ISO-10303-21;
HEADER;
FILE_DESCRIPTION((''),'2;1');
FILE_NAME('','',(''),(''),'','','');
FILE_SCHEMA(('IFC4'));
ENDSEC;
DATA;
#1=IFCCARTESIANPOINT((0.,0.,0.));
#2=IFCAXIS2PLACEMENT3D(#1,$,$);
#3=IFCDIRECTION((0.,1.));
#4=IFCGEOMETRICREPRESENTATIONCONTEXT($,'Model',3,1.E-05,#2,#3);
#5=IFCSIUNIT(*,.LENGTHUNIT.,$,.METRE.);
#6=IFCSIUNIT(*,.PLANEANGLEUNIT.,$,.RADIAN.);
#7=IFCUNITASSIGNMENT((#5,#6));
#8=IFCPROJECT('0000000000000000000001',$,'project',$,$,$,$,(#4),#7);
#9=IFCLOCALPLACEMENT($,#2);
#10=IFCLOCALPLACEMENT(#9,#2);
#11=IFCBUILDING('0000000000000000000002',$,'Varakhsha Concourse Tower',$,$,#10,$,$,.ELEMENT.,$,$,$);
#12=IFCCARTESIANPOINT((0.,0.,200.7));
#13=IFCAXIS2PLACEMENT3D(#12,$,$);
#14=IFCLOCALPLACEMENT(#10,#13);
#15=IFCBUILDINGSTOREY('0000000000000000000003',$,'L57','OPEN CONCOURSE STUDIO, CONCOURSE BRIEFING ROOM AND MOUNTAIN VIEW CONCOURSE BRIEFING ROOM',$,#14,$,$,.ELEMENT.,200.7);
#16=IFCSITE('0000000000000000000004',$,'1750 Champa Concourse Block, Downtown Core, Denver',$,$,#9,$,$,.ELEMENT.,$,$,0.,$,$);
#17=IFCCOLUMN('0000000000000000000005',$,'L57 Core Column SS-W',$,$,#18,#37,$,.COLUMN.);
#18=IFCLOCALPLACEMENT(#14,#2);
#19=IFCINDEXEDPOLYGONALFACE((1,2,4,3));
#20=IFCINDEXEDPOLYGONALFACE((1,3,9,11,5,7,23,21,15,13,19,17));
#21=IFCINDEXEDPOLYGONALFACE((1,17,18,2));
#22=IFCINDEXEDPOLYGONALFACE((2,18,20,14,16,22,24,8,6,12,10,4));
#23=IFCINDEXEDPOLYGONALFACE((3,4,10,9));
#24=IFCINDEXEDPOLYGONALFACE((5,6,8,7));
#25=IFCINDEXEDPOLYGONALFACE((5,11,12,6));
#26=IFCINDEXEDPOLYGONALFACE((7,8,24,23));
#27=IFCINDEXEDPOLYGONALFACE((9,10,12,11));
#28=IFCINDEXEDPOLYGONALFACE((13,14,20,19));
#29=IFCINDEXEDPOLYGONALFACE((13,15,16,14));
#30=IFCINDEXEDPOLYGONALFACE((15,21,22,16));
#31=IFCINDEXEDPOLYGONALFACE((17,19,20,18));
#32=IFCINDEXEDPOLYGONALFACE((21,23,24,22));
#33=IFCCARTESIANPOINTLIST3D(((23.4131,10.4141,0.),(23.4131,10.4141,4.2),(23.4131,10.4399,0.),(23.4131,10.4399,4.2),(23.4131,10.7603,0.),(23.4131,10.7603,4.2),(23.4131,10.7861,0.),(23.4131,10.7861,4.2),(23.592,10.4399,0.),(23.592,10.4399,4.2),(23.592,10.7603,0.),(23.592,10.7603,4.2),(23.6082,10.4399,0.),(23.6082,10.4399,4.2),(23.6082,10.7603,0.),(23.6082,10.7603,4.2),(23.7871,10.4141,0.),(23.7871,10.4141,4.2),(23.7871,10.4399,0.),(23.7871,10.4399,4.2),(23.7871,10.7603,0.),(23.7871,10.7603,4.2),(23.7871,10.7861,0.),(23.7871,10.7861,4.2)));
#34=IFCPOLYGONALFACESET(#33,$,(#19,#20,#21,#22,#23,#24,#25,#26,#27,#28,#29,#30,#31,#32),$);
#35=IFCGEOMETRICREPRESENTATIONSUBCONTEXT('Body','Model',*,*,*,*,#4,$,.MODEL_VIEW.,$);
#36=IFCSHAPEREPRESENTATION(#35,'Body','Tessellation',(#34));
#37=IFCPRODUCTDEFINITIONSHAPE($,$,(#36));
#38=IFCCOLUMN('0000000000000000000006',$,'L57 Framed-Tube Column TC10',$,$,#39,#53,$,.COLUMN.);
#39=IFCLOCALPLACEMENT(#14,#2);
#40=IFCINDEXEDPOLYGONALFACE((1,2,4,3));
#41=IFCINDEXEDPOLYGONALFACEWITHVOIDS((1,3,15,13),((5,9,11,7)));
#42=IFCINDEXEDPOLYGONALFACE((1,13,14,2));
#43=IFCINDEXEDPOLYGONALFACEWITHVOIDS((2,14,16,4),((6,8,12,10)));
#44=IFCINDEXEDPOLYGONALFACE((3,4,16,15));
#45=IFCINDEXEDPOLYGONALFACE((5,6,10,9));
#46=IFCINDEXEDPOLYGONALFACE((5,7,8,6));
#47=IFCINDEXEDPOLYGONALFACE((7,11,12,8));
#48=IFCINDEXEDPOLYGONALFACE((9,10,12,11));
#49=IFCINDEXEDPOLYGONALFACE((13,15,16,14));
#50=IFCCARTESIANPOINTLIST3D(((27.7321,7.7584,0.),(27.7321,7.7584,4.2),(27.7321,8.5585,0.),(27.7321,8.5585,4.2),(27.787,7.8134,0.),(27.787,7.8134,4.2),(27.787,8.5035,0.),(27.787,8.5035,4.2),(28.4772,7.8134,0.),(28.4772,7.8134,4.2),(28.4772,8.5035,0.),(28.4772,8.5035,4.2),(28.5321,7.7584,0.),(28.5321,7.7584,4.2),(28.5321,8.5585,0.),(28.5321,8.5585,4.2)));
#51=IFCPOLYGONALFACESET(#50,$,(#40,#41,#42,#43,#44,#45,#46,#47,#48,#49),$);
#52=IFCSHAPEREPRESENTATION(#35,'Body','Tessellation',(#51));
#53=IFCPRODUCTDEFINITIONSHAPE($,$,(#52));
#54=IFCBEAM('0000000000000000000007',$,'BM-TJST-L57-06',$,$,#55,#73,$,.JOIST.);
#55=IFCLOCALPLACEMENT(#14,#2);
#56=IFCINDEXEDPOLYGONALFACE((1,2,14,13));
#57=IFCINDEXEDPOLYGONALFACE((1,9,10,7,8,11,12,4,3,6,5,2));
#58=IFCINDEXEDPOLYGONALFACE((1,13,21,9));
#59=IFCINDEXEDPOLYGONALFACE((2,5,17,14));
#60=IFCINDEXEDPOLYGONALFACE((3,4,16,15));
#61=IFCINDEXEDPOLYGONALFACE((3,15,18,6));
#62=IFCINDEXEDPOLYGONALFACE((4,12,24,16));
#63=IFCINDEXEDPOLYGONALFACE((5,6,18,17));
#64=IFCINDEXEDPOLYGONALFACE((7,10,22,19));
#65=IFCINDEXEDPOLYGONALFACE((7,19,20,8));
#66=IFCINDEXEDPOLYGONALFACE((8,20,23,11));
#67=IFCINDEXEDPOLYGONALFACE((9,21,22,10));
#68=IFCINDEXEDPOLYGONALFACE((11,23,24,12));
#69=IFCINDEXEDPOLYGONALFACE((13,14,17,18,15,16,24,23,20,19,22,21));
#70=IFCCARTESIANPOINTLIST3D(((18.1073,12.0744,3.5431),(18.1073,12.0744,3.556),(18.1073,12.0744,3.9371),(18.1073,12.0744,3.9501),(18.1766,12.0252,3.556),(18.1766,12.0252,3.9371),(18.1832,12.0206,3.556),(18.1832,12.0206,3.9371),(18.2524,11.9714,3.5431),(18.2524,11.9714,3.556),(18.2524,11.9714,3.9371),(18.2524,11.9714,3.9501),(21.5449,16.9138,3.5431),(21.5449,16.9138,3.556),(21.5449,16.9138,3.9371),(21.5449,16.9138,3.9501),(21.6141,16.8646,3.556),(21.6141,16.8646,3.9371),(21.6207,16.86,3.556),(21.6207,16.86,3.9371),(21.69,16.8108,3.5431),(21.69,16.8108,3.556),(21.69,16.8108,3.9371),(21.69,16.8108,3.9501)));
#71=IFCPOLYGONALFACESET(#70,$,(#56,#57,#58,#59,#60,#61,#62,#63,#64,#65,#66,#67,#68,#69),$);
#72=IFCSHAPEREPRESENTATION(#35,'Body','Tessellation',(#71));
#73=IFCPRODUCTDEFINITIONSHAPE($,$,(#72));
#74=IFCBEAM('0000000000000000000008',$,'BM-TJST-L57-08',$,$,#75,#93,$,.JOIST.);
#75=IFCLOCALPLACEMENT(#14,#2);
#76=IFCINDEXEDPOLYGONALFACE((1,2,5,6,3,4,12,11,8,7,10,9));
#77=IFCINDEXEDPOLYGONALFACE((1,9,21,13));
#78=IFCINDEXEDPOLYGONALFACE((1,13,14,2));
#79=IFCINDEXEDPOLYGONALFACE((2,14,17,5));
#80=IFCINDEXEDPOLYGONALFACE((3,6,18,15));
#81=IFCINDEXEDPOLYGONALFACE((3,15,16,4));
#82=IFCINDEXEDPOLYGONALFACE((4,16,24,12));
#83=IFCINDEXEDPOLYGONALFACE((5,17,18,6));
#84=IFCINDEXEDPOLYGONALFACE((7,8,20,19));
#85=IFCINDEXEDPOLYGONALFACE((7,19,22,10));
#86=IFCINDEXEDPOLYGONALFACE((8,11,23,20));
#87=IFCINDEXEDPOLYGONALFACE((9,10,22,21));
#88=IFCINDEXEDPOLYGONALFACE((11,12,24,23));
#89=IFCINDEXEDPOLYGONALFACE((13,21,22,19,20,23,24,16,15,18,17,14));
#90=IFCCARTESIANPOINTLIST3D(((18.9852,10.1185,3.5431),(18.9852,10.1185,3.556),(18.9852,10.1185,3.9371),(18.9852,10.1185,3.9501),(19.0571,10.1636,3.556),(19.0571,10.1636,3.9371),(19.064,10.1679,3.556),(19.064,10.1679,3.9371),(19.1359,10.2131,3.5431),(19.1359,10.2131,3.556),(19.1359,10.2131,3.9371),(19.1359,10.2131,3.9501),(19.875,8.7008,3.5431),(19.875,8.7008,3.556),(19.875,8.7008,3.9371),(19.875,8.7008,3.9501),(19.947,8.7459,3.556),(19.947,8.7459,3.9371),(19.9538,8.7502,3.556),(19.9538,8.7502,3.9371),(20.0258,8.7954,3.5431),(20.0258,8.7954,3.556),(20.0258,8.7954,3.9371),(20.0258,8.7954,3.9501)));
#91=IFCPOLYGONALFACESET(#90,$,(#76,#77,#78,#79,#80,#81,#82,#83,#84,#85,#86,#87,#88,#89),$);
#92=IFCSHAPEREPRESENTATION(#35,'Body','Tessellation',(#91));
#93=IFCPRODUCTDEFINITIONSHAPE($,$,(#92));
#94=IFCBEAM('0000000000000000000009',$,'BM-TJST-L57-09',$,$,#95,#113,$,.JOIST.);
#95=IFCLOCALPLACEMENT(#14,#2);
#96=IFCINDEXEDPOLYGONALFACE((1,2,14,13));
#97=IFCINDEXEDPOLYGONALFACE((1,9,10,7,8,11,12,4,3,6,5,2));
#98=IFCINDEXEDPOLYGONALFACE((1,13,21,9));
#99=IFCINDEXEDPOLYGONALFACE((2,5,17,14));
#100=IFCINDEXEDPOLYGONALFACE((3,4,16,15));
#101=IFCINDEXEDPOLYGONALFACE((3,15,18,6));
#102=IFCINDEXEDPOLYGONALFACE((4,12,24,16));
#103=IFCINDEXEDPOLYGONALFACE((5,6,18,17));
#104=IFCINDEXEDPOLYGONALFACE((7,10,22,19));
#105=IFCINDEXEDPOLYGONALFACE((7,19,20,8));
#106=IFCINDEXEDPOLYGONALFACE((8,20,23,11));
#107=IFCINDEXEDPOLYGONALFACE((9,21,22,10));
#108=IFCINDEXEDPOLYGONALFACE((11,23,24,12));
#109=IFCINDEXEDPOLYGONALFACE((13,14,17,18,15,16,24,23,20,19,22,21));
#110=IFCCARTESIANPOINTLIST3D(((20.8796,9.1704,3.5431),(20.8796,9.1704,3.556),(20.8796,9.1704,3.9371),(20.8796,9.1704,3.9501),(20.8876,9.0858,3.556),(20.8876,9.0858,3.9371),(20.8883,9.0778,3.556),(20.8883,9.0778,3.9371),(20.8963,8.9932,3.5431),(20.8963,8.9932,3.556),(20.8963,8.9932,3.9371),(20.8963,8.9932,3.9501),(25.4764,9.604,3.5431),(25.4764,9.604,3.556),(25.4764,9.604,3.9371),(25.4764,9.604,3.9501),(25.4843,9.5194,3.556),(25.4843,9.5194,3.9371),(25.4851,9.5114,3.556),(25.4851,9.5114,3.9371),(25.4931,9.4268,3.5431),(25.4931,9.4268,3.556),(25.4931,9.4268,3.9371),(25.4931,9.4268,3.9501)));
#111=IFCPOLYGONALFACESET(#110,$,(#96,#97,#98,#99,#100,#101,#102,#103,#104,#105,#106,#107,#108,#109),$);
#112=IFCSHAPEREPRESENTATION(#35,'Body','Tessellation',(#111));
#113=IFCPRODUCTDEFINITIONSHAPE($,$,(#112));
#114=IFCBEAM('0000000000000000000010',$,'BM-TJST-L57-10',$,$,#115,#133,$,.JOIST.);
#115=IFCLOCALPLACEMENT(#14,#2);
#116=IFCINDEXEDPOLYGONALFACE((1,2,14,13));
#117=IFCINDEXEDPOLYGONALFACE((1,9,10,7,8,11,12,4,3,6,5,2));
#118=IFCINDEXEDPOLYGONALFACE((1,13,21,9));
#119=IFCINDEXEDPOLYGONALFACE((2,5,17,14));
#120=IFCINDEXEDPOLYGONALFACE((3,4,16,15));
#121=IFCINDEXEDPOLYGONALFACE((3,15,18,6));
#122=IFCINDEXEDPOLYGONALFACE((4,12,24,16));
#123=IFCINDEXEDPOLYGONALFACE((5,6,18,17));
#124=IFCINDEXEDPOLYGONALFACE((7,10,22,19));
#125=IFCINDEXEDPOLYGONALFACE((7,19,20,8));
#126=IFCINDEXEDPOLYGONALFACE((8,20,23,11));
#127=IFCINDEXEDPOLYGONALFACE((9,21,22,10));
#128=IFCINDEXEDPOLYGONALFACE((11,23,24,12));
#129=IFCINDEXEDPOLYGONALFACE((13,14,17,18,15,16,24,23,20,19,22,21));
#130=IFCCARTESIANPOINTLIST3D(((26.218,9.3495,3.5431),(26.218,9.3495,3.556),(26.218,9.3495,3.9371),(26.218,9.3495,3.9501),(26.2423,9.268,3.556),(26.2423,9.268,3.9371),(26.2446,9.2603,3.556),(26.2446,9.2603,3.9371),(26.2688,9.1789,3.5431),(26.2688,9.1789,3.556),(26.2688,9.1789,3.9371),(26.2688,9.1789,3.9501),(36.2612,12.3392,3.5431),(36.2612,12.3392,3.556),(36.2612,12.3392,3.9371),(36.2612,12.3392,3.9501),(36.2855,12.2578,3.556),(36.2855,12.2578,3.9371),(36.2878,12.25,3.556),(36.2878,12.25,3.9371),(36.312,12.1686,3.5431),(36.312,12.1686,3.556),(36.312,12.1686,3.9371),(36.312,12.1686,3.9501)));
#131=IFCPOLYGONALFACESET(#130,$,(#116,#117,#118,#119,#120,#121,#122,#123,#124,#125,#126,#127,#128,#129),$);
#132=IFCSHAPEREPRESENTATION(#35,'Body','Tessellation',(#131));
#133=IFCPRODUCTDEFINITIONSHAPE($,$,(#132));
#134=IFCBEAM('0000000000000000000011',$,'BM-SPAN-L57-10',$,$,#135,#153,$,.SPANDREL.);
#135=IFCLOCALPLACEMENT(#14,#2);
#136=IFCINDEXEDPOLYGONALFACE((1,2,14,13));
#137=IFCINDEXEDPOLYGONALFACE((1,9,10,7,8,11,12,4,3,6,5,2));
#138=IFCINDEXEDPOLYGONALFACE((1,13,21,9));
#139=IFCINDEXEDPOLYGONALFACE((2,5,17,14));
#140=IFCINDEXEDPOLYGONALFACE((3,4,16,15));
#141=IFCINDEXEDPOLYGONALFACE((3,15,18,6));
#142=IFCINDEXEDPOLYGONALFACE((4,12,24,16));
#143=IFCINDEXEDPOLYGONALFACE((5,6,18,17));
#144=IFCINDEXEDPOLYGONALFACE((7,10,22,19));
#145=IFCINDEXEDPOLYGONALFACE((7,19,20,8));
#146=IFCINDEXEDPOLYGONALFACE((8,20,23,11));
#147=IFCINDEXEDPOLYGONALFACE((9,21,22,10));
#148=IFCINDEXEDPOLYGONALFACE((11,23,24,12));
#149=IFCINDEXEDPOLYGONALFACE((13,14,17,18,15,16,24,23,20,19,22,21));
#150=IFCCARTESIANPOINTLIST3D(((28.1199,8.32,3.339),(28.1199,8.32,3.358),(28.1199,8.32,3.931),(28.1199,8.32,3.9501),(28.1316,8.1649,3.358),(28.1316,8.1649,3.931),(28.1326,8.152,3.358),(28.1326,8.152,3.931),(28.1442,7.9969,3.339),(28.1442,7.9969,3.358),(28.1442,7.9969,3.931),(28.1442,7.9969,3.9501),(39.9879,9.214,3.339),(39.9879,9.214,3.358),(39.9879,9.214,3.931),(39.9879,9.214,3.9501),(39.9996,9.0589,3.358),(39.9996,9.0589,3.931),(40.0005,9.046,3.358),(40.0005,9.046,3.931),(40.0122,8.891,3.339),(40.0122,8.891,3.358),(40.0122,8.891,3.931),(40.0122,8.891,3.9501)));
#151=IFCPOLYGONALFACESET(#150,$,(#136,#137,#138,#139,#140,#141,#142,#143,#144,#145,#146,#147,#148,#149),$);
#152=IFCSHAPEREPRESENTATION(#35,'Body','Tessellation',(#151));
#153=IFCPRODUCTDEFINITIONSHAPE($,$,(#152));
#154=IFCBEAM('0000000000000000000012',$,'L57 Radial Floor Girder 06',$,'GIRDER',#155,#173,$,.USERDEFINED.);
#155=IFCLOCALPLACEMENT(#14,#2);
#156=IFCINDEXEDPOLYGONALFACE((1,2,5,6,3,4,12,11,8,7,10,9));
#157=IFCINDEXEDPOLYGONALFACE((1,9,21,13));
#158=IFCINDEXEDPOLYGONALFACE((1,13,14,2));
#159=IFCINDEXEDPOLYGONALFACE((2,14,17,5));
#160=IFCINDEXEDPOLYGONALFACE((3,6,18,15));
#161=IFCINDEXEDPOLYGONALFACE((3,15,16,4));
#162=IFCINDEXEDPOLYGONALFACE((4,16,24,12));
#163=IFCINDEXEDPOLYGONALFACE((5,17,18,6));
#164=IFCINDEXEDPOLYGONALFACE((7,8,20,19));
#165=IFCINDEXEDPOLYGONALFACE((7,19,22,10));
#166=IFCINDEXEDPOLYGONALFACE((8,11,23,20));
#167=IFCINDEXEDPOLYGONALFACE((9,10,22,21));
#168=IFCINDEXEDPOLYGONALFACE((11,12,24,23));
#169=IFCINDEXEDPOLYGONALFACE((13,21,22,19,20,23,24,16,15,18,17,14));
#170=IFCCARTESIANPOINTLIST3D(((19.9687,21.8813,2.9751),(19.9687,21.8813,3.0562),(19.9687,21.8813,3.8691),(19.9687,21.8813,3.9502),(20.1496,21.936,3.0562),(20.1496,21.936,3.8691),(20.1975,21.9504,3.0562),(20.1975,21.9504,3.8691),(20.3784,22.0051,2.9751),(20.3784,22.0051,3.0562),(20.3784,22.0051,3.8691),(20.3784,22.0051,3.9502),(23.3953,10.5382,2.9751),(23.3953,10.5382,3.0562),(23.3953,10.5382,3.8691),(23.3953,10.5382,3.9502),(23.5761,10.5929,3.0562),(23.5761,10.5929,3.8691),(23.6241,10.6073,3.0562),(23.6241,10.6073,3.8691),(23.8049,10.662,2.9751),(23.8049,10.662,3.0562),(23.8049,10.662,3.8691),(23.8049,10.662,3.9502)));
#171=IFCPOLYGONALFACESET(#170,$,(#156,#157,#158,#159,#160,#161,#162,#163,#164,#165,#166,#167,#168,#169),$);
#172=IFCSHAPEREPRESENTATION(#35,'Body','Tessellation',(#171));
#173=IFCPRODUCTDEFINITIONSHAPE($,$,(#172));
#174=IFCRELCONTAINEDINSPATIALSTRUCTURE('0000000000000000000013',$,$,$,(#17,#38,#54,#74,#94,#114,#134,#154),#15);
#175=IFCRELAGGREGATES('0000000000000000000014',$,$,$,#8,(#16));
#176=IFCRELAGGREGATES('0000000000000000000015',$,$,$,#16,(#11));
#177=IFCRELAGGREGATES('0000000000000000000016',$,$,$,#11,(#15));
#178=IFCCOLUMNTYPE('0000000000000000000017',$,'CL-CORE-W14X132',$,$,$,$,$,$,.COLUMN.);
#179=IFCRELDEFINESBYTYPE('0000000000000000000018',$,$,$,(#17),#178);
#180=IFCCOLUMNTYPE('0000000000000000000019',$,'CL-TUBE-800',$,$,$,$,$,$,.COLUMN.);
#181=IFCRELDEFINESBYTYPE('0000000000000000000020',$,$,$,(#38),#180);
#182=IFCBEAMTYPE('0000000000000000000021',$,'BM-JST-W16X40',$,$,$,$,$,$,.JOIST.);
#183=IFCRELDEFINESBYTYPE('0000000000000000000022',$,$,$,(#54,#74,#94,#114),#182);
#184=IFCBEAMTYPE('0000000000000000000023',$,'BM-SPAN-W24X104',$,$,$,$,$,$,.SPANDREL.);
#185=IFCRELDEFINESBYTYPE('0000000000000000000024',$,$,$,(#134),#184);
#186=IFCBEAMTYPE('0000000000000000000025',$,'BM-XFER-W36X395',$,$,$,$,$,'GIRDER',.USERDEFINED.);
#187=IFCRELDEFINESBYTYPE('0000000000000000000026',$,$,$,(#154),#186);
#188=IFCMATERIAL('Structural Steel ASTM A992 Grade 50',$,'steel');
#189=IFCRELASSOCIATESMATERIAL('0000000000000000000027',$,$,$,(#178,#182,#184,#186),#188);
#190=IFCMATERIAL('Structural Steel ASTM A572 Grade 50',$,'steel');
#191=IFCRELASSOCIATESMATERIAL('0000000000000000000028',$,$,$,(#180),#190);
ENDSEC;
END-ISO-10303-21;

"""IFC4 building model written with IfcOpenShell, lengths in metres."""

from ifc_helpers import new_model, si_unit, direction, frame, origin, origin_2d, place, context, subcontext, project, spatial, hollow_rectangle, i_section, extrude, material, material_profile, profile_set, type_object, element, save


model = new_model("IFC4")

# Units and contexts
model_context = context("Model", 3, precision=1e-05, world=origin(), true_north=direction((0.0, 1.0)))
body_context = subcontext(model_context, "Body", "Model", "MODEL_VIEW")
ifc_project = project(units=[si_unit("LENGTHUNIT", "METRE"), si_unit("PLANEANGLEUNIT", "RADIAN")], contexts=[model_context])

# Site, building, storey
site_placement = place(None, origin())
site = spatial("IfcSite", under=ifc_project, at=site_placement, Name="1750 Champa Concourse Block, Downtown Core, Denver", CompositionType="ELEMENT", RefElevation=0.0)
building_placement = place(site_placement, origin())
building = spatial("IfcBuilding", under=site, at=building_placement, Name="Varakhsha Concourse Tower", CompositionType="ELEMENT")
storey_placement = place(building_placement, frame((0.0, 0.0, 200.7)))
storey = spatial("IfcBuildingStorey", under=building, at=storey_placement, Name="L57", Description="OPEN CONCOURSE STUDIO, CONCOURSE BRIEFING ROOM AND MOUNTAIN VIEW CONCOURSE BRIEFING ROOM", CompositionType="ELEMENT", Elevation=200.7)

# Columns
ifc_material_1 = material(Name="Structural Steel ASTM A992 Grade 50", Category="steel")
ifc_material_profile_1 = material_profile(ifc_material_1, i_section(OverallWidth=0.374, OverallDepth=0.3721, WebThickness=0.0161, FlangeThickness=0.0259, at=origin_2d()), Name="W14X132")
ifc_profile_set_1 = profile_set([ifc_material_profile_1], Name="Structural Steel ASTM A992 Grade 50")
column_type_1 = type_object("IfcColumnType", Name="CL-CORE-W14X132", PredefinedType="COLUMN", material=ifc_profile_set_1)
column_1_placement = place(storey_placement, frame((23.6001, 10.6001, 0.0), z_axis=(0.0, 0.0, 1.0), x_axis=(1.0, 0.0, 0.0)))
element("IfcColumn", 1, at=column_1_placement, inside=storey, type_object=column_type_1, Name="L57 Core Column SS-W", PredefinedType="COLUMN", context=body_context, shape_type="SweptSolid", body=[
    extrude(i_section(OverallWidth=0.374, OverallDepth=0.3721, WebThickness=0.0161, FlangeThickness=0.0259, at=origin_2d()), origin(), (0.0, 0.0, 1.0), 4.2),
])
ifc_material_2 = material(Name="Structural Steel ASTM A572 Grade 50", Category="steel")
ifc_material_profile_2 = material_profile(ifc_material_2, hollow_rectangle(XDim=0.8, YDim=0.8, WallThickness=0.0549, at=origin_2d()), Name="BOX 800x800x55")
ifc_profile_set_2 = profile_set([ifc_material_profile_2], Name="Structural Steel ASTM A572 Grade 50")
column_type_2 = type_object("IfcColumnType", Name="CL-TUBE-800", PredefinedType="COLUMN", material=ifc_profile_set_2)
column_2_placement = place(storey_placement, frame((28.1321, 8.1584, 0.0), z_axis=(0.0, 0.0, 1.0), x_axis=(1.0, 0.0, 0.0)))
element("IfcColumn", 2, at=column_2_placement, inside=storey, type_object=column_type_2, Name="L57 Framed-Tube Column TC10", PredefinedType="COLUMN", context=body_context, shape_type="SweptSolid", body=[
    extrude(hollow_rectangle(XDim=0.8, YDim=0.8, WallThickness=0.0549, at=origin_2d()), origin(), (0.0, 0.0, 1.0), 4.2),
])

# Beams
ifc_material_profile_3 = material_profile(ifc_material_1, i_section(OverallWidth=0.178, OverallDepth=0.407, WebThickness=0.0081, FlangeThickness=0.0129, at=origin_2d()), Name="W16X40")
ifc_profile_set_3 = profile_set([ifc_material_profile_3], Name="Structural Steel ASTM A992 Grade 50")
beam_type_1 = type_object("IfcBeamType", Name="BM-JST-W16X40", PredefinedType="JOIST", material=ifc_profile_set_3)
beam_1_placement = place(storey_placement, frame((21.6174, 16.8623, 3.7466), z_axis=(-0.579096, -0.815259, 0.0), x_axis=(0.815259, -0.579096, 0.0)))
element("IfcBeam", 3, at=beam_1_placement, inside=storey, type_object=beam_type_1, Name="BM-TJST-L57-06", PredefinedType="JOIST", context=body_context, shape_type="SweptSolid", body=[
    extrude(i_section(OverallWidth=0.178, OverallDepth=0.407, WebThickness=0.0081, FlangeThickness=0.0129, at=origin_2d()), origin(), (0.0, 0.0, 1.0), 5.936),
])
beam_2_placement = place(storey_placement, frame((19.0605, 10.1658, 3.7466), z_axis=(0.531637, -0.846972, 0.0), x_axis=(0.846972, 0.531637, 0.0)))
element("IfcBeam", 4, at=beam_2_placement, inside=storey, type_object=beam_type_1, Name="BM-TJST-L57-08", PredefinedType="JOIST", context=body_context, shape_type="SweptSolid", body=[
    extrude(i_section(OverallWidth=0.178, OverallDepth=0.407, WebThickness=0.0081, FlangeThickness=0.0129, at=origin_2d()), origin(), (0.0, 0.0, 1.0), 1.6738),
])
beam_3_placement = place(storey_placement, frame((20.8879, 9.0818, 3.7466), z_axis=(0.995581, 0.093911, 0.0), x_axis=(-0.093911, 0.995581, 0.0)))
element("IfcBeam", 5, at=beam_3_placement, inside=storey, type_object=beam_type_1, Name="BM-TJST-L57-09", PredefinedType="JOIST", context=body_context, shape_type="SweptSolid", body=[
    extrude(i_section(OverallWidth=0.178, OverallDepth=0.407, WebThickness=0.0081, FlangeThickness=0.0129, at=origin_2d()), origin(), (0.0, 0.0, 1.0), 4.6172),
])
beam_4_placement = place(storey_placement, frame((26.2434, 9.2642, 3.7466), z_axis=(0.958434, 0.285314, 0.0), x_axis=(-0.285314, 0.958434, 0.0)))
element("IfcBeam", 6, at=beam_4_placement, inside=storey, type_object=beam_type_1, Name="BM-TJST-L57-10", PredefinedType="JOIST", context=body_context, shape_type="SweptSolid", body=[
    extrude(i_section(OverallWidth=0.178, OverallDepth=0.407, WebThickness=0.0081, FlangeThickness=0.0129, at=origin_2d()), origin(), (0.0, 0.0, 1.0), 10.4788),
])
ifc_material_profile_4 = material_profile(ifc_material_1, i_section(OverallWidth=0.324, OverallDepth=0.6111, WebThickness=0.0129, FlangeThickness=0.019, at=origin_2d()), Name="W24X104")
ifc_profile_set_4 = profile_set([ifc_material_profile_4], Name="Structural Steel ASTM A992 Grade 50")
beam_type_2 = type_object("IfcBeamType", Name="BM-SPAN-W24X104", PredefinedType="SPANDREL", material=ifc_profile_set_4)
beam_5_placement = place(storey_placement, frame((28.1321, 8.1584, 3.6445), z_axis=(0.997175, 0.07512, 0.0), x_axis=(-0.07512, 0.997175, 0.0)))
element("IfcBeam", 7, at=beam_5_placement, inside=storey, type_object=beam_type_2, Name="BM-SPAN-L57-10", PredefinedType="SPANDREL", context=body_context, shape_type="SweptSolid", body=[
    extrude(i_section(OverallWidth=0.324, OverallDepth=0.6111, WebThickness=0.0129, FlangeThickness=0.019, at=origin_2d()), origin(), (0.0, 0.0, 1.0), 11.9016),
])
ifc_material_profile_5 = material_profile(ifc_material_1, i_section(OverallWidth=0.428, OverallDepth=0.9751, WebThickness=0.05, FlangeThickness=0.0811, at=origin_2d()), Name="W36X395")
ifc_profile_set_5 = profile_set([ifc_material_profile_5], Name="Structural Steel ASTM A992 Grade 50")
beam_type_3 = type_object("IfcBeamType", Name="BM-XFER-W36X395", ElementType="GIRDER", PredefinedType="USERDEFINED", material=ifc_profile_set_5)
beam_6_placement = place(storey_placement, frame((23.6001, 10.6001, 3.4626), z_axis=(-0.289175, 0.957276, 0.0), x_axis=(-0.957276, -0.289175, 0.0)))
element("IfcBeam", 8, at=beam_6_placement, inside=storey, type_object=beam_type_3, Name="L57 Radial Floor Girder 06", ObjectType="GIRDER", PredefinedType="USERDEFINED", context=body_context, shape_type="SweptSolid", body=[
    extrude(i_section(OverallWidth=0.428, OverallDepth=0.9751, WebThickness=0.05, FlangeThickness=0.0811, at=origin_2d()), origin(), (0.0, 0.0, 1.0), 11.8494),
])

save(model, "model.ifc")
